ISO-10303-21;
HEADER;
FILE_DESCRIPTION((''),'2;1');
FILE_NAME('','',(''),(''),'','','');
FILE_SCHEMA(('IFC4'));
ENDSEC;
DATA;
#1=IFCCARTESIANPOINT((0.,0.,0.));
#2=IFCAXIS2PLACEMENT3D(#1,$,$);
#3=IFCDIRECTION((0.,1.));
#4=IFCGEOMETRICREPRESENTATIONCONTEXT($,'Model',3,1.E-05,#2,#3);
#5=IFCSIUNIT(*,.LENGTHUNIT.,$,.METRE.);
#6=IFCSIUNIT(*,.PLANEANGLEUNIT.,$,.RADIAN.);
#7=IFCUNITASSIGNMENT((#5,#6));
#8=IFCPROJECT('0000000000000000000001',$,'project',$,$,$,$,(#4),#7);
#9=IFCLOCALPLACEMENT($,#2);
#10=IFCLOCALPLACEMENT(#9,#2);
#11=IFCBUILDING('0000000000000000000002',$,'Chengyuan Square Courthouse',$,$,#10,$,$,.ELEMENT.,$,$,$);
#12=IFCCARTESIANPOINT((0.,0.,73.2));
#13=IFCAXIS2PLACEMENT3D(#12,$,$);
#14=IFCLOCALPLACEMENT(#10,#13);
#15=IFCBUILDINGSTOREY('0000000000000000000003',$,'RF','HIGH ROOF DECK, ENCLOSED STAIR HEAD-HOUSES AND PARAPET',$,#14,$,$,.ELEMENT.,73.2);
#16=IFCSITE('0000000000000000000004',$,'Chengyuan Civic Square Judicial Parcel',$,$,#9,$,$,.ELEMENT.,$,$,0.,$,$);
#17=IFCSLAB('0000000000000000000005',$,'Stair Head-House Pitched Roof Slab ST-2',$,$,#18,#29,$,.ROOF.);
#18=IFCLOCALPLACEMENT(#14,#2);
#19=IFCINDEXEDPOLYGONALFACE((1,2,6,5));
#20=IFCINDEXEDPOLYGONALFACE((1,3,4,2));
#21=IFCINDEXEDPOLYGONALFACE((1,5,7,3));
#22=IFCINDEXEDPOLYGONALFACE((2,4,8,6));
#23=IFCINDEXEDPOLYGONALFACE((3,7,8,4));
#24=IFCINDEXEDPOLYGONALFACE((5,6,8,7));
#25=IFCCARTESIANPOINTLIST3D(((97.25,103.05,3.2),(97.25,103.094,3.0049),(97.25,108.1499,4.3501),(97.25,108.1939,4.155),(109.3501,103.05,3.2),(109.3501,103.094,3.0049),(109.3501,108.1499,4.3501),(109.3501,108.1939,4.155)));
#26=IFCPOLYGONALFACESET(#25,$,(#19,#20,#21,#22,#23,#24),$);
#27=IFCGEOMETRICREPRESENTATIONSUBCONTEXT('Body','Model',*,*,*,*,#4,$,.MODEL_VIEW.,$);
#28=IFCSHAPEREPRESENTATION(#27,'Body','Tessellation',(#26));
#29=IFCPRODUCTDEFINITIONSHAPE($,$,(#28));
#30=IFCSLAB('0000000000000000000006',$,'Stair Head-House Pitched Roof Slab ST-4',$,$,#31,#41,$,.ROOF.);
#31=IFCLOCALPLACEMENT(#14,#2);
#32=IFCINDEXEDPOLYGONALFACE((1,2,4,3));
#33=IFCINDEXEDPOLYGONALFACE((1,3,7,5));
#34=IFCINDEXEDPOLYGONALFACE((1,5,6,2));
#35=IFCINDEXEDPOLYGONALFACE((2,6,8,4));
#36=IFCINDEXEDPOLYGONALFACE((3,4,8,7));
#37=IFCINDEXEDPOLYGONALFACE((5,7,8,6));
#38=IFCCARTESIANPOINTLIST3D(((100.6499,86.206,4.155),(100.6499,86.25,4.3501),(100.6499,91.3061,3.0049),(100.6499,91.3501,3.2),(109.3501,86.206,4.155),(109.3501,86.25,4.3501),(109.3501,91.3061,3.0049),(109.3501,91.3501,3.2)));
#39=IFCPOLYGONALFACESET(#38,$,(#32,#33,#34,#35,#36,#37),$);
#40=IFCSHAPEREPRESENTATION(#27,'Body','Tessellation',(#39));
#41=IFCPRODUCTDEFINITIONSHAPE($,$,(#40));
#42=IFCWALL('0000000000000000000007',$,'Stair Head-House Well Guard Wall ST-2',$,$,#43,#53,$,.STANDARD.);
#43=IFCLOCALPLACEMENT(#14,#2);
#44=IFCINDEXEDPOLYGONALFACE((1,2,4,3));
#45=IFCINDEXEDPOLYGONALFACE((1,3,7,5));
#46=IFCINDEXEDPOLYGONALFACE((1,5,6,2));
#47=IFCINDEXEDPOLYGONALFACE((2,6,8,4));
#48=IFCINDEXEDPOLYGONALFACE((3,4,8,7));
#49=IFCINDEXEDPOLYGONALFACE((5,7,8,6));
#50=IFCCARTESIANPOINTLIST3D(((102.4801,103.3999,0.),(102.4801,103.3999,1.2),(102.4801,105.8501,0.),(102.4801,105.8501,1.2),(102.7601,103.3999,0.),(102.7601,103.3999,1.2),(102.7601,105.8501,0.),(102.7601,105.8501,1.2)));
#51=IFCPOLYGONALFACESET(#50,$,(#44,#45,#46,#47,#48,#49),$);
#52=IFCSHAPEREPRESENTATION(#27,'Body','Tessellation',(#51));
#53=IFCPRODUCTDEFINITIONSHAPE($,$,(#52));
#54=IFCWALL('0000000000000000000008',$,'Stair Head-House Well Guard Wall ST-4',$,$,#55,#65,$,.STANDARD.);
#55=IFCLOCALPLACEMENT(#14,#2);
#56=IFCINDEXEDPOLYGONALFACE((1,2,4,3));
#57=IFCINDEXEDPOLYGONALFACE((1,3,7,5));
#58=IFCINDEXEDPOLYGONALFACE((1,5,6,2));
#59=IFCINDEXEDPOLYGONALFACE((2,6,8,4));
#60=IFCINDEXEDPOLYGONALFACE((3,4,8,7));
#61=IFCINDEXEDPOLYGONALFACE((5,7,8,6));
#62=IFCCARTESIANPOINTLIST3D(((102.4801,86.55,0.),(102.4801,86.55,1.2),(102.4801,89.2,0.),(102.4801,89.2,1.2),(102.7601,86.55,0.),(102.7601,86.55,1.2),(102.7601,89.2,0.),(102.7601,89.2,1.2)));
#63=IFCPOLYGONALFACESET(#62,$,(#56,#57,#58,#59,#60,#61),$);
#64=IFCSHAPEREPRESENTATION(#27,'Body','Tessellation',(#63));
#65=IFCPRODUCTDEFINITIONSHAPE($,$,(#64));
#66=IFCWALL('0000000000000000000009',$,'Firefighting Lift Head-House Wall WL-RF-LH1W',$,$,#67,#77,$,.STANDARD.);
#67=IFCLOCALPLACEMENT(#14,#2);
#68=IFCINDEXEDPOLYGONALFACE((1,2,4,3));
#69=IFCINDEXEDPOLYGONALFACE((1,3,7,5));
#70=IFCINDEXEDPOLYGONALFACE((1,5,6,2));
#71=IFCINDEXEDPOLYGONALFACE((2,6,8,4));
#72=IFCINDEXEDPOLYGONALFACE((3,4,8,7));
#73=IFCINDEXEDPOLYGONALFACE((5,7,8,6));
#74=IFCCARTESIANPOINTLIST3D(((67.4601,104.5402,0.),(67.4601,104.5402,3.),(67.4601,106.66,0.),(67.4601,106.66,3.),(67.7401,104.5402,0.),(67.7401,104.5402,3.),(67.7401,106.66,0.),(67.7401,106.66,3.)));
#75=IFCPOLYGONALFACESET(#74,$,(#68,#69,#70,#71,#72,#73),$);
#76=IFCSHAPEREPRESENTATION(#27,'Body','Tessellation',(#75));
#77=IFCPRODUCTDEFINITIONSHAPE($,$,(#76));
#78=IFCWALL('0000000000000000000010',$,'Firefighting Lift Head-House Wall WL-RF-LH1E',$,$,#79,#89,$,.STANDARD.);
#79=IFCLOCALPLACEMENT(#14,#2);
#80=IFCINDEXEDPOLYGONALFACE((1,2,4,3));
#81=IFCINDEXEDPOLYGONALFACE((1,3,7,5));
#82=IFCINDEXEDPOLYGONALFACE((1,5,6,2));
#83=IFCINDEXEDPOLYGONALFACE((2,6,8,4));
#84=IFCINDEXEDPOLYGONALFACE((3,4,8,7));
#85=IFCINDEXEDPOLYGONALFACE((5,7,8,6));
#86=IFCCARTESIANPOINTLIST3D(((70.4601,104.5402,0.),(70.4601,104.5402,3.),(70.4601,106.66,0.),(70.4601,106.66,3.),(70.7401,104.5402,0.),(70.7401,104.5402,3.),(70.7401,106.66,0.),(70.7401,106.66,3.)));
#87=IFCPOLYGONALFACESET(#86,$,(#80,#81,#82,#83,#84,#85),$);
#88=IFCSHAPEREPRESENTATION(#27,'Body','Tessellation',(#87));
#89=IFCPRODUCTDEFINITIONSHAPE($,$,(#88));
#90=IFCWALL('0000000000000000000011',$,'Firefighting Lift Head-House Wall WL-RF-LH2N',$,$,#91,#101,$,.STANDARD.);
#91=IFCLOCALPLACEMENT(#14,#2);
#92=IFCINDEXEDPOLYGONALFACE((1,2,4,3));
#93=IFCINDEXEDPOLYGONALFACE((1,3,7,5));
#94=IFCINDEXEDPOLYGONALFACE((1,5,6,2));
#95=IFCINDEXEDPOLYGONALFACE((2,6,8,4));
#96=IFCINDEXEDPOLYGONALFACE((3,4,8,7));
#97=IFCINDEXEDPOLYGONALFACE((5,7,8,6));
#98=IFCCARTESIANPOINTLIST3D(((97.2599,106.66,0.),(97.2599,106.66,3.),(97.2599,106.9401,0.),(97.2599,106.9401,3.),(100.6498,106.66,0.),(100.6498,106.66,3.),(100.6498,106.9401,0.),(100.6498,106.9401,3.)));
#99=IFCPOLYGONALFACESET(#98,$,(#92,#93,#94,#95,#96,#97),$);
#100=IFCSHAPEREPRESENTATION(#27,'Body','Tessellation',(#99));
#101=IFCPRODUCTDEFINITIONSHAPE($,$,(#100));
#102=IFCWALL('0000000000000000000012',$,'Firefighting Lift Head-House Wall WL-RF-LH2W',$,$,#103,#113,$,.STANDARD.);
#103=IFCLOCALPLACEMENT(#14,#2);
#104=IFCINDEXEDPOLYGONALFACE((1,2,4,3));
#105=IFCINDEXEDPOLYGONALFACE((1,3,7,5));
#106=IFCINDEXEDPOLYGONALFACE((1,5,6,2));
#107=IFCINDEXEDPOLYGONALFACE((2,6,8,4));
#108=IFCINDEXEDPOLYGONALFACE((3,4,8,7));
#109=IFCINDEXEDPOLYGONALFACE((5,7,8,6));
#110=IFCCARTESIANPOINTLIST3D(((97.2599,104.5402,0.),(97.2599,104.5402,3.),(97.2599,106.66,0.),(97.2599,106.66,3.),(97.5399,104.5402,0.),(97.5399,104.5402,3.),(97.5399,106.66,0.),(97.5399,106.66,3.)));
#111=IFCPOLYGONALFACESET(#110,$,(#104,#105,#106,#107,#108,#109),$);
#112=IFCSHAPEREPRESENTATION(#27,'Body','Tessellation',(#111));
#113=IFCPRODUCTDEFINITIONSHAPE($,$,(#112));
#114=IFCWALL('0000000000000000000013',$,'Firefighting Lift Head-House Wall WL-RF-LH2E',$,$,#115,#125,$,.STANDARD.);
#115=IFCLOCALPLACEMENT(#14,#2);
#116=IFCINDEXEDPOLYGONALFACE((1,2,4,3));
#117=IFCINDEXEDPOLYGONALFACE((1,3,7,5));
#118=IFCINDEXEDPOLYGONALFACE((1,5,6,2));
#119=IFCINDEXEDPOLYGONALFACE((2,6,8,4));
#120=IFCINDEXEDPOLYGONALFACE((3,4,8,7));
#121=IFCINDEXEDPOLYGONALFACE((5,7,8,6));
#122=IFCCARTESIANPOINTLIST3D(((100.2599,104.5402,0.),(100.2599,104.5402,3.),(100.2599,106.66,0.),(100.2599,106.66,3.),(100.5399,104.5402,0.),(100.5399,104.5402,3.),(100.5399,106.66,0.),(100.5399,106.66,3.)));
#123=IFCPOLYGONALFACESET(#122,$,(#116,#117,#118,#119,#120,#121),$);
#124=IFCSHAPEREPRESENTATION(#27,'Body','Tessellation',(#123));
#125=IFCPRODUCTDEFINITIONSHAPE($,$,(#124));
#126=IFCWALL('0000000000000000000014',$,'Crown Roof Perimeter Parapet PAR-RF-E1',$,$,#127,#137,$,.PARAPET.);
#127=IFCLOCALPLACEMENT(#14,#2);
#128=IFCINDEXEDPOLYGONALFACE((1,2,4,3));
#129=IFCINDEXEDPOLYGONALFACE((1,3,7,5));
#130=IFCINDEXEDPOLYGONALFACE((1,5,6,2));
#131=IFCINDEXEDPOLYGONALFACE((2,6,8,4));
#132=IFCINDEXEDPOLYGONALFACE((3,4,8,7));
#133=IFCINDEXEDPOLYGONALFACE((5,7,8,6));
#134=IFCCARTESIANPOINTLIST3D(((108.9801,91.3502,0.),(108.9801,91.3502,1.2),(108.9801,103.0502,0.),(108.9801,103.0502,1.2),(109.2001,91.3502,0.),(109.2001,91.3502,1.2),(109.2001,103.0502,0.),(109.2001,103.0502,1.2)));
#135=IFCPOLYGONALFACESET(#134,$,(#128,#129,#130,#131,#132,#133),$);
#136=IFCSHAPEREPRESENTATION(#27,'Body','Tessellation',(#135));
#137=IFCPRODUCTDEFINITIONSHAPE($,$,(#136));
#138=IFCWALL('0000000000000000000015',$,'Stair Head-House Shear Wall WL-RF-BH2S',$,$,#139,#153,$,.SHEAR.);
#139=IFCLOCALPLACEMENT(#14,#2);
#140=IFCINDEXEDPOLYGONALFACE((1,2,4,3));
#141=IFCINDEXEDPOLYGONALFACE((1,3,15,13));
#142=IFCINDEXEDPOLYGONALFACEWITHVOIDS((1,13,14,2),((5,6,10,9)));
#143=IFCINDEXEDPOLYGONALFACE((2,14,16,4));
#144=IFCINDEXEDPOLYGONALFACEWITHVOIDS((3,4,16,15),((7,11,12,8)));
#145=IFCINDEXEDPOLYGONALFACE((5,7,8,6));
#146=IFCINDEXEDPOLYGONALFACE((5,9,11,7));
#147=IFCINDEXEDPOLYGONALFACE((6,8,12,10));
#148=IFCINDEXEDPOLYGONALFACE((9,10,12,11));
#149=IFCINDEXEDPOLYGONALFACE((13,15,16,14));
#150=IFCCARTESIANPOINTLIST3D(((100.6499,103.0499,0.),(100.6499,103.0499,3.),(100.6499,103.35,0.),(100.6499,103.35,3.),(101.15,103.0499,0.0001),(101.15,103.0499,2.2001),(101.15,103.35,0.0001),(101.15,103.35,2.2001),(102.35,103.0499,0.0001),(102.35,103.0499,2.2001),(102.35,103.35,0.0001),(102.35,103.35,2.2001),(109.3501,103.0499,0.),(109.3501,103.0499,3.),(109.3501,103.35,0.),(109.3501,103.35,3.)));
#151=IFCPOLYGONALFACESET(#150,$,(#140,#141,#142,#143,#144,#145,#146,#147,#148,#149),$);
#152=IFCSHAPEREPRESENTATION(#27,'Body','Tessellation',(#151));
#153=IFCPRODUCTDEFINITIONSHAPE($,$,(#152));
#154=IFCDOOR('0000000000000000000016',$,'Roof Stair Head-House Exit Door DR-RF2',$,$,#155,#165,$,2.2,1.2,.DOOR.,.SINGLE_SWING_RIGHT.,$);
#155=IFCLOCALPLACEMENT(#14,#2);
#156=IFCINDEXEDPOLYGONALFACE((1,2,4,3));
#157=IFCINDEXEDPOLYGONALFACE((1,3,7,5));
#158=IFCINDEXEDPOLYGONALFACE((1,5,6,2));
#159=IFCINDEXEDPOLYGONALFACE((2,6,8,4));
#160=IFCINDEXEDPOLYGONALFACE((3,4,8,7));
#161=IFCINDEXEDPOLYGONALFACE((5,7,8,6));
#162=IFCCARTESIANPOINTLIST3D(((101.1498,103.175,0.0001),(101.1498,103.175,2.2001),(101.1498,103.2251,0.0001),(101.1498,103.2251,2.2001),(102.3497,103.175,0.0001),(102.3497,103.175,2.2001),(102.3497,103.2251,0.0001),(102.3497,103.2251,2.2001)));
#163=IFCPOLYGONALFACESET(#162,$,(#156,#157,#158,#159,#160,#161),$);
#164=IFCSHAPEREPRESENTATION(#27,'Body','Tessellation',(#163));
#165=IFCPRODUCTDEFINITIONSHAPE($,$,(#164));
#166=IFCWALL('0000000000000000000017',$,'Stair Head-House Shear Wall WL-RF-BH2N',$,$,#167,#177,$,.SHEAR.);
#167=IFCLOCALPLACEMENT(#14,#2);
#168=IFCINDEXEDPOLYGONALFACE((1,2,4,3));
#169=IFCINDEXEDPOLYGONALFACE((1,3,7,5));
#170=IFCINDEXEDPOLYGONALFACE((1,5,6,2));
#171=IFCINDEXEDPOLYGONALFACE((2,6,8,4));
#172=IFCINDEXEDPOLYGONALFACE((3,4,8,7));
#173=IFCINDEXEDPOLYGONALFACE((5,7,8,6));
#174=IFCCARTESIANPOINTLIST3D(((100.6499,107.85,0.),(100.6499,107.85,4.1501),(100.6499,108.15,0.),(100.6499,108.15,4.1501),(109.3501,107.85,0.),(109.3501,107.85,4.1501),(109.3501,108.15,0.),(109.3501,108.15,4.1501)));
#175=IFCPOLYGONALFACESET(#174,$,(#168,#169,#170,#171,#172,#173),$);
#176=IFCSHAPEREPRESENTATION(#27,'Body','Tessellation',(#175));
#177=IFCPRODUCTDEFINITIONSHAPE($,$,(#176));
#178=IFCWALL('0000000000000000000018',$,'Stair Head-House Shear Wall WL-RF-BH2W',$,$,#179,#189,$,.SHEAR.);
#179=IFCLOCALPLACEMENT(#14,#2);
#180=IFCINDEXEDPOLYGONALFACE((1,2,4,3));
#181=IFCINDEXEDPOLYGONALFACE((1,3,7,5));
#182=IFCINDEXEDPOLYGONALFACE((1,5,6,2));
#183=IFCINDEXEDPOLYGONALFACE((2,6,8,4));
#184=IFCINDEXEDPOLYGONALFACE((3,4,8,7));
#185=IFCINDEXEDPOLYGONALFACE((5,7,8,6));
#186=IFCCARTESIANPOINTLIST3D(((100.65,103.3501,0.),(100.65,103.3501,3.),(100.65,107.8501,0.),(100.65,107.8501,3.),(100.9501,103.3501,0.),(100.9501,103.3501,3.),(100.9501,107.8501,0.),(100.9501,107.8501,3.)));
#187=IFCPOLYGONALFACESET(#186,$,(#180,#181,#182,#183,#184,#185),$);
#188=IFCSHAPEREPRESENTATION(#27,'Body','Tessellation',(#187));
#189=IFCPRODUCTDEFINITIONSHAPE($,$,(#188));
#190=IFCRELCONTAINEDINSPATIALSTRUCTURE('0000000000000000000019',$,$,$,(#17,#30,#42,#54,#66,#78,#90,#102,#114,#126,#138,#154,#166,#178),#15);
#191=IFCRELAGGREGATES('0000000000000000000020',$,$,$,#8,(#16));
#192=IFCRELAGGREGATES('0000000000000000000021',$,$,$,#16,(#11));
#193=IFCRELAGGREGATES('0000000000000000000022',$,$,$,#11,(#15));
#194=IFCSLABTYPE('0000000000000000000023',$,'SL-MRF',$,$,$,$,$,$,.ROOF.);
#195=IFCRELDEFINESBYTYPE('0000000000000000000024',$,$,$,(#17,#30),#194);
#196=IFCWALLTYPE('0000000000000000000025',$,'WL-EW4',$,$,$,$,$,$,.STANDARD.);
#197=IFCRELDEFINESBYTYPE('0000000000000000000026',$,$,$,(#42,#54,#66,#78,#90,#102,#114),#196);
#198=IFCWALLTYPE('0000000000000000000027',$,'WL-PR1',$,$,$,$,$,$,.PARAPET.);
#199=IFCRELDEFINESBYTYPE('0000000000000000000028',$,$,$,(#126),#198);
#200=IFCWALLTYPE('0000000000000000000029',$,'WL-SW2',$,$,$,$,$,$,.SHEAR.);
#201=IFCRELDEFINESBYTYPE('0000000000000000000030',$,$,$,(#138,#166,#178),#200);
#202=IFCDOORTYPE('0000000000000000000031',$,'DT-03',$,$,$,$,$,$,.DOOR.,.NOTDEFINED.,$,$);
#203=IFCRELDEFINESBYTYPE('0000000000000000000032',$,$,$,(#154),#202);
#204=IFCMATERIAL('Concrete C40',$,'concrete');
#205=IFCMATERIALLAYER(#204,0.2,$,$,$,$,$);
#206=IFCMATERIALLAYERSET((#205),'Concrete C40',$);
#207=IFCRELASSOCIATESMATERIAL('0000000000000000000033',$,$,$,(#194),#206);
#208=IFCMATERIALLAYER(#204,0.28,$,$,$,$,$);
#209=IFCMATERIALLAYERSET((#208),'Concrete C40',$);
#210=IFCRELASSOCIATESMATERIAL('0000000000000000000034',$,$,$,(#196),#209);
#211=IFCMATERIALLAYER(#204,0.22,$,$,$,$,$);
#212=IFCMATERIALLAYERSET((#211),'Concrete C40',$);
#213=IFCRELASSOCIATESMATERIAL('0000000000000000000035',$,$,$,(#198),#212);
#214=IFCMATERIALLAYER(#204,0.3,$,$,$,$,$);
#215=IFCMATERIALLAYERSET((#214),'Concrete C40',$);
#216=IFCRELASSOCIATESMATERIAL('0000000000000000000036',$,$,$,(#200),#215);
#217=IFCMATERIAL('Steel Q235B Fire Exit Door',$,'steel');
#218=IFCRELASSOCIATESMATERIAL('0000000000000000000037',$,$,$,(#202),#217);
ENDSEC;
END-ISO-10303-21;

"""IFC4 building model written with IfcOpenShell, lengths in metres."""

from ifc_helpers import new_model, si_unit, direction, frame, frame_2d, origin, place, context, subcontext, project, spatial, polyline, rectangle, outline, extrude, material, layer, layer_set, type_object, element, fill, save


model = new_model("IFC4")

# Units and contexts
model_context = context("Model", 3, precision=1e-05, world=origin(), true_north=direction((0.0, 1.0)))
body_context = subcontext(model_context, "Body", "Model", "MODEL_VIEW")
ifc_project = project(units=[si_unit("LENGTHUNIT", "METRE"), si_unit("PLANEANGLEUNIT", "RADIAN")], contexts=[model_context])

# Site, building, storey
site_placement = place(None, origin())
site = spatial("IfcSite", under=ifc_project, at=site_placement, Name="Chengyuan Civic Square Judicial Parcel", CompositionType="ELEMENT", RefElevation=0.0)
building_placement = place(site_placement, origin())
building = spatial("IfcBuilding", under=site, at=building_placement, Name="Chengyuan Square Courthouse", CompositionType="ELEMENT")
storey_placement = place(building_placement, frame((0.0, 0.0, 73.2)))
storey = spatial("IfcBuildingStorey", under=building, at=storey_placement, Name="RF", Description="HIGH ROOF DECK, ENCLOSED STAIR HEAD-HOUSES AND PARAPET", CompositionType="ELEMENT", Elevation=73.2)

# Slabs
ifc_material_1 = material(Name="Concrete C40", Category="concrete")
ifc_layer_1 = layer(ifc_material_1, 0.2)
ifc_layer_set_1 = layer_set([ifc_layer_1], Name="Concrete C40")
slab_type = type_object("IfcSlabType", Name="SL-MRF", PredefinedType="ROOF", material=ifc_layer_set_1)
slab_1_placement = place(storey_placement, frame((97.25, 103.05, 3.2), z_axis=(0.0, -0.22, 0.9755), x_axis=(1.0, 0.0, 0.0)))
element("IfcSlab", 1, at=slab_1_placement, inside=storey, type_object=slab_type, Name="Stair Head-House Pitched Roof Slab ST-2", PredefinedType="ROOF", context=body_context, shape_type="SweptSolid", body=[
    extrude(outline(polyline([(0.0, 0.0), (12.1001, 0.0), (12.1001, 5.2279), (0.0, 5.2279), (0.0, 0.0)])), origin(), (0.0, 0.0, -1.0), 0.2),
])
slab_2_placement = place(storey_placement, frame((100.6499, 86.25, 4.3501), z_axis=(0.0, 0.21999, 0.975502), x_axis=(1.0, 0.0, 0.0)))
element("IfcSlab", 2, at=slab_2_placement, inside=storey, type_object=slab_type, Name="Stair Head-House Pitched Roof Slab ST-4", PredefinedType="ROOF", context=body_context, shape_type="SweptSolid", body=[
    extrude(outline(polyline([(0.0, 0.0), (8.7002, 0.0), (8.7002, 5.2282), (0.0, 5.2282), (0.0, 0.0)])), origin(), (0.0, 0.0, -1.0), 0.2),
])

# Walls
ifc_layer_2 = layer(ifc_material_1, 0.28)
ifc_layer_set_2 = layer_set([ifc_layer_2], Name="Concrete C40")
wall_type_1 = type_object("IfcWallType", Name="WL-EW4", PredefinedType="STANDARD", material=ifc_layer_set_2)
wall_1_placement = place(storey_placement, frame((102.6201, 103.3999, 0.0), z_axis=(0.0, 0.0, 1.0), x_axis=(0.0, 1.0, 0.0)))
element("IfcWall", 3, at=wall_1_placement, inside=storey, type_object=wall_type_1, Name="Stair Head-House Well Guard Wall ST-2", PredefinedType="STANDARD", context=body_context, shape_type="SweptSolid", body=[
    extrude(rectangle(XDim=2.4502, YDim=0.28, at=frame_2d((1.2251, 0.0))), origin(), (0.0, 0.0, 1.0), 1.2),
])
wall_2_placement = place(storey_placement, frame((102.6201, 86.55, 0.0), z_axis=(0.0, 0.0, 1.0), x_axis=(0.0, 1.0, 0.0)))
element("IfcWall", 4, at=wall_2_placement, inside=storey, type_object=wall_type_1, Name="Stair Head-House Well Guard Wall ST-4", PredefinedType="STANDARD", context=body_context, shape_type="SweptSolid", body=[
    extrude(rectangle(XDim=2.6499, YDim=0.28, at=frame_2d((1.325, 0.0))), origin(), (0.0, 0.0, 1.0), 1.2),
])
for number, where, z_axis, x_axis, name in (
    (5, (67.6001, 104.54, 0.0), (0.0, 0.0, 1.0), (0.0, 1.0, 0.0), "Firefighting Lift Head-House Wall WL-RF-LH1W"),
    (6, (70.6001, 104.54, 0.0), (0.0, 0.0, 1.0), (0.0, 1.0, 0.0), "Firefighting Lift Head-House Wall WL-RF-LH1E"),
):
    element("IfcWall", number, at=place(storey_placement, frame(where, z_axis=z_axis, x_axis=x_axis)), inside=storey, type_object=wall_type_1, Name=name, PredefinedType="STANDARD", context=body_context, shape_type="SweptSolid", body=[
        extrude(rectangle(XDim=2.1199, YDim=0.28, at=frame_2d((1.0601, 0.0))), origin(), (0.0, 0.0, 1.0), 3.0),
    ])

# Walls
wall_3_placement = place(storey_placement, frame((97.26, 106.8, 0.0), z_axis=(0.0, 0.0, 1.0), x_axis=(1.0, 0.0, 0.0)))
element("IfcWall", 7, at=wall_3_placement, inside=storey, type_object=wall_type_1, Name="Firefighting Lift Head-House Wall WL-RF-LH2N", PredefinedType="STANDARD", context=body_context, shape_type="SweptSolid", body=[
    extrude(rectangle(XDim=3.3899, YDim=0.28, at=frame_2d((1.6948, 0.0))), origin(), (0.0, 0.0, 1.0), 3.0),
])
for number, where, z_axis, x_axis, name in (
    (8, (97.3999, 104.54, 0.0), (0.0, 0.0, 1.0), (0.0, 1.0, 0.0), "Firefighting Lift Head-House Wall WL-RF-LH2W"),
    (9, (100.3999, 104.54, 0.0), (0.0, 0.0, 1.0), (0.0, 1.0, 0.0), "Firefighting Lift Head-House Wall WL-RF-LH2E"),
):
    element("IfcWall", number, at=place(storey_placement, frame(where, z_axis=z_axis, x_axis=x_axis)), inside=storey, type_object=wall_type_1, Name=name, PredefinedType="STANDARD", context=body_context, shape_type="SweptSolid", body=[
        extrude(rectangle(XDim=2.1199, YDim=0.28, at=frame_2d((1.0601, 0.0))), origin(), (0.0, 0.0, 1.0), 3.0),
    ])
ifc_layer_3 = layer(ifc_material_1, 0.22)
ifc_layer_set_3 = layer_set([ifc_layer_3], Name="Concrete C40")
wall_type_2 = type_object("IfcWallType", Name="WL-PR1", PredefinedType="PARAPET", material=ifc_layer_set_3)
wall_4_placement = place(storey_placement, frame((109.0901, 91.3501, 0.0), z_axis=(0.0, 0.0, 1.0), x_axis=(0.0, 1.0, 0.0)))
element("IfcWall", 10, at=wall_4_placement, inside=storey, type_object=wall_type_2, Name="Crown Roof Perimeter Parapet PAR-RF-E1", PredefinedType="PARAPET", context=body_context, shape_type="SweptSolid", body=[
    extrude(rectangle(XDim=11.7, YDim=0.22, at=frame_2d((5.8501, 0.0))), origin(), (0.0, 0.0, 1.0), 1.2),
])

# Wall, opening, door
ifc_layer_4 = layer(ifc_material_1, 0.3)
ifc_layer_set_4 = layer_set([ifc_layer_4], Name="Concrete C40")
wall_type_3 = type_object("IfcWallType", Name="WL-SW2", PredefinedType="SHEAR", material=ifc_layer_set_4)
wall_5_placement = place(storey_placement, frame((100.6499, 103.2, 0.0), z_axis=(0.0, 0.0, 1.0), x_axis=(1.0, 0.0, 0.0)))
wall_5 = element("IfcWall", 11, at=wall_5_placement, inside=storey, type_object=wall_type_3, Name="Stair Head-House Shear Wall WL-RF-BH2S", PredefinedType="SHEAR", context=body_context, shape_type="SweptSolid", body=[
    extrude(rectangle(XDim=8.7002, YDim=0.3, at=frame_2d((4.3501, 0.0))), origin(), (0.0, 0.0, 1.0), 3.0),
])
opening_1_placement = place(wall_5_placement, frame((0.5, 0.0, 0.0)))
opening_1 = element("IfcOpeningElement", 12, at=opening_1_placement, cuts=wall_5, PredefinedType="OPENING", context=body_context, shape_type="SweptSolid", body=[
    extrude(rectangle(XDim=1.2, YDim=2.2, at=frame_2d((0.6001, 1.1001))), frame((0.0, 0.1621, 0.0), z_axis=(0.0, -1.0, 0.0), x_axis=(1.0, 0.0, 0.0)), (0.0, 0.0, 1.0), 0.324),
])
ifc_material_2 = material(Name="Steel Q235B Fire Exit Door", Category="steel")
door_type_1 = type_object("IfcDoorType", Name="DT-03", OperationType="NOTDEFINED", PredefinedType="DOOR", material=ifc_material_2)
door_1_placement = place(opening_1_placement, frame((1.2, 0.0, 0.0), z_axis=(0.0, 0.0, 1.0), x_axis=(-1.0, 0.0, 0.0)))
door_1 = element("IfcDoor", 13, at=door_1_placement, inside=storey, type_object=door_type_1, Name="Roof Stair Head-House Exit Door DR-RF2", OperationType="SINGLE_SWING_RIGHT", OverallHeight=2.2, OverallWidth=1.2, PredefinedType="DOOR", context=body_context, shape_type="SweptSolid", body=[
    extrude(rectangle(XDim=1.2, YDim=2.2, at=frame_2d((0.6001, 1.1001))), frame((0.0, 0.0249, 0.0), z_axis=(0.0, -1.0, 0.0), x_axis=(1.0, 0.0, 0.0)), (0.0, 0.0, 1.0), 0.05),
])
fill(opening_1, door_1)

# Walls
wall_6_placement = place(storey_placement, frame((100.6499, 108.0, 0.0), z_axis=(0.0, 0.0, 1.0), x_axis=(1.0, 0.0, 0.0)))
element("IfcWall", 14, at=wall_6_placement, inside=storey, type_object=wall_type_3, Name="Stair Head-House Shear Wall WL-RF-BH2N", PredefinedType="SHEAR", context=body_context, shape_type="SweptSolid", body=[
    extrude(rectangle(XDim=8.7002, YDim=0.3, at=frame_2d((4.3501, 0.0))), origin(), (0.0, 0.0, 1.0), 4.1501),
])
for number, where, z_axis, x_axis, name in (
    (15, (100.8, 103.3501, 0.0), (0.0, 0.0, 1.0), (0.0, 1.0, 0.0), "Stair Head-House Shear Wall WL-RF-BH2W"),
):
    element("IfcWall", number, at=place(storey_placement, frame(where, z_axis=z_axis, x_axis=x_axis)), inside=storey, type_object=wall_type_3, Name=name, PredefinedType="SHEAR", context=body_context, shape_type="SweptSolid", body=[
        extrude(rectangle(XDim=4.5, YDim=0.3, at=frame_2d((2.25, 0.0))), origin(), (0.0, 0.0, 1.0), 3.0),
    ])

save(model, "model.ifc")
